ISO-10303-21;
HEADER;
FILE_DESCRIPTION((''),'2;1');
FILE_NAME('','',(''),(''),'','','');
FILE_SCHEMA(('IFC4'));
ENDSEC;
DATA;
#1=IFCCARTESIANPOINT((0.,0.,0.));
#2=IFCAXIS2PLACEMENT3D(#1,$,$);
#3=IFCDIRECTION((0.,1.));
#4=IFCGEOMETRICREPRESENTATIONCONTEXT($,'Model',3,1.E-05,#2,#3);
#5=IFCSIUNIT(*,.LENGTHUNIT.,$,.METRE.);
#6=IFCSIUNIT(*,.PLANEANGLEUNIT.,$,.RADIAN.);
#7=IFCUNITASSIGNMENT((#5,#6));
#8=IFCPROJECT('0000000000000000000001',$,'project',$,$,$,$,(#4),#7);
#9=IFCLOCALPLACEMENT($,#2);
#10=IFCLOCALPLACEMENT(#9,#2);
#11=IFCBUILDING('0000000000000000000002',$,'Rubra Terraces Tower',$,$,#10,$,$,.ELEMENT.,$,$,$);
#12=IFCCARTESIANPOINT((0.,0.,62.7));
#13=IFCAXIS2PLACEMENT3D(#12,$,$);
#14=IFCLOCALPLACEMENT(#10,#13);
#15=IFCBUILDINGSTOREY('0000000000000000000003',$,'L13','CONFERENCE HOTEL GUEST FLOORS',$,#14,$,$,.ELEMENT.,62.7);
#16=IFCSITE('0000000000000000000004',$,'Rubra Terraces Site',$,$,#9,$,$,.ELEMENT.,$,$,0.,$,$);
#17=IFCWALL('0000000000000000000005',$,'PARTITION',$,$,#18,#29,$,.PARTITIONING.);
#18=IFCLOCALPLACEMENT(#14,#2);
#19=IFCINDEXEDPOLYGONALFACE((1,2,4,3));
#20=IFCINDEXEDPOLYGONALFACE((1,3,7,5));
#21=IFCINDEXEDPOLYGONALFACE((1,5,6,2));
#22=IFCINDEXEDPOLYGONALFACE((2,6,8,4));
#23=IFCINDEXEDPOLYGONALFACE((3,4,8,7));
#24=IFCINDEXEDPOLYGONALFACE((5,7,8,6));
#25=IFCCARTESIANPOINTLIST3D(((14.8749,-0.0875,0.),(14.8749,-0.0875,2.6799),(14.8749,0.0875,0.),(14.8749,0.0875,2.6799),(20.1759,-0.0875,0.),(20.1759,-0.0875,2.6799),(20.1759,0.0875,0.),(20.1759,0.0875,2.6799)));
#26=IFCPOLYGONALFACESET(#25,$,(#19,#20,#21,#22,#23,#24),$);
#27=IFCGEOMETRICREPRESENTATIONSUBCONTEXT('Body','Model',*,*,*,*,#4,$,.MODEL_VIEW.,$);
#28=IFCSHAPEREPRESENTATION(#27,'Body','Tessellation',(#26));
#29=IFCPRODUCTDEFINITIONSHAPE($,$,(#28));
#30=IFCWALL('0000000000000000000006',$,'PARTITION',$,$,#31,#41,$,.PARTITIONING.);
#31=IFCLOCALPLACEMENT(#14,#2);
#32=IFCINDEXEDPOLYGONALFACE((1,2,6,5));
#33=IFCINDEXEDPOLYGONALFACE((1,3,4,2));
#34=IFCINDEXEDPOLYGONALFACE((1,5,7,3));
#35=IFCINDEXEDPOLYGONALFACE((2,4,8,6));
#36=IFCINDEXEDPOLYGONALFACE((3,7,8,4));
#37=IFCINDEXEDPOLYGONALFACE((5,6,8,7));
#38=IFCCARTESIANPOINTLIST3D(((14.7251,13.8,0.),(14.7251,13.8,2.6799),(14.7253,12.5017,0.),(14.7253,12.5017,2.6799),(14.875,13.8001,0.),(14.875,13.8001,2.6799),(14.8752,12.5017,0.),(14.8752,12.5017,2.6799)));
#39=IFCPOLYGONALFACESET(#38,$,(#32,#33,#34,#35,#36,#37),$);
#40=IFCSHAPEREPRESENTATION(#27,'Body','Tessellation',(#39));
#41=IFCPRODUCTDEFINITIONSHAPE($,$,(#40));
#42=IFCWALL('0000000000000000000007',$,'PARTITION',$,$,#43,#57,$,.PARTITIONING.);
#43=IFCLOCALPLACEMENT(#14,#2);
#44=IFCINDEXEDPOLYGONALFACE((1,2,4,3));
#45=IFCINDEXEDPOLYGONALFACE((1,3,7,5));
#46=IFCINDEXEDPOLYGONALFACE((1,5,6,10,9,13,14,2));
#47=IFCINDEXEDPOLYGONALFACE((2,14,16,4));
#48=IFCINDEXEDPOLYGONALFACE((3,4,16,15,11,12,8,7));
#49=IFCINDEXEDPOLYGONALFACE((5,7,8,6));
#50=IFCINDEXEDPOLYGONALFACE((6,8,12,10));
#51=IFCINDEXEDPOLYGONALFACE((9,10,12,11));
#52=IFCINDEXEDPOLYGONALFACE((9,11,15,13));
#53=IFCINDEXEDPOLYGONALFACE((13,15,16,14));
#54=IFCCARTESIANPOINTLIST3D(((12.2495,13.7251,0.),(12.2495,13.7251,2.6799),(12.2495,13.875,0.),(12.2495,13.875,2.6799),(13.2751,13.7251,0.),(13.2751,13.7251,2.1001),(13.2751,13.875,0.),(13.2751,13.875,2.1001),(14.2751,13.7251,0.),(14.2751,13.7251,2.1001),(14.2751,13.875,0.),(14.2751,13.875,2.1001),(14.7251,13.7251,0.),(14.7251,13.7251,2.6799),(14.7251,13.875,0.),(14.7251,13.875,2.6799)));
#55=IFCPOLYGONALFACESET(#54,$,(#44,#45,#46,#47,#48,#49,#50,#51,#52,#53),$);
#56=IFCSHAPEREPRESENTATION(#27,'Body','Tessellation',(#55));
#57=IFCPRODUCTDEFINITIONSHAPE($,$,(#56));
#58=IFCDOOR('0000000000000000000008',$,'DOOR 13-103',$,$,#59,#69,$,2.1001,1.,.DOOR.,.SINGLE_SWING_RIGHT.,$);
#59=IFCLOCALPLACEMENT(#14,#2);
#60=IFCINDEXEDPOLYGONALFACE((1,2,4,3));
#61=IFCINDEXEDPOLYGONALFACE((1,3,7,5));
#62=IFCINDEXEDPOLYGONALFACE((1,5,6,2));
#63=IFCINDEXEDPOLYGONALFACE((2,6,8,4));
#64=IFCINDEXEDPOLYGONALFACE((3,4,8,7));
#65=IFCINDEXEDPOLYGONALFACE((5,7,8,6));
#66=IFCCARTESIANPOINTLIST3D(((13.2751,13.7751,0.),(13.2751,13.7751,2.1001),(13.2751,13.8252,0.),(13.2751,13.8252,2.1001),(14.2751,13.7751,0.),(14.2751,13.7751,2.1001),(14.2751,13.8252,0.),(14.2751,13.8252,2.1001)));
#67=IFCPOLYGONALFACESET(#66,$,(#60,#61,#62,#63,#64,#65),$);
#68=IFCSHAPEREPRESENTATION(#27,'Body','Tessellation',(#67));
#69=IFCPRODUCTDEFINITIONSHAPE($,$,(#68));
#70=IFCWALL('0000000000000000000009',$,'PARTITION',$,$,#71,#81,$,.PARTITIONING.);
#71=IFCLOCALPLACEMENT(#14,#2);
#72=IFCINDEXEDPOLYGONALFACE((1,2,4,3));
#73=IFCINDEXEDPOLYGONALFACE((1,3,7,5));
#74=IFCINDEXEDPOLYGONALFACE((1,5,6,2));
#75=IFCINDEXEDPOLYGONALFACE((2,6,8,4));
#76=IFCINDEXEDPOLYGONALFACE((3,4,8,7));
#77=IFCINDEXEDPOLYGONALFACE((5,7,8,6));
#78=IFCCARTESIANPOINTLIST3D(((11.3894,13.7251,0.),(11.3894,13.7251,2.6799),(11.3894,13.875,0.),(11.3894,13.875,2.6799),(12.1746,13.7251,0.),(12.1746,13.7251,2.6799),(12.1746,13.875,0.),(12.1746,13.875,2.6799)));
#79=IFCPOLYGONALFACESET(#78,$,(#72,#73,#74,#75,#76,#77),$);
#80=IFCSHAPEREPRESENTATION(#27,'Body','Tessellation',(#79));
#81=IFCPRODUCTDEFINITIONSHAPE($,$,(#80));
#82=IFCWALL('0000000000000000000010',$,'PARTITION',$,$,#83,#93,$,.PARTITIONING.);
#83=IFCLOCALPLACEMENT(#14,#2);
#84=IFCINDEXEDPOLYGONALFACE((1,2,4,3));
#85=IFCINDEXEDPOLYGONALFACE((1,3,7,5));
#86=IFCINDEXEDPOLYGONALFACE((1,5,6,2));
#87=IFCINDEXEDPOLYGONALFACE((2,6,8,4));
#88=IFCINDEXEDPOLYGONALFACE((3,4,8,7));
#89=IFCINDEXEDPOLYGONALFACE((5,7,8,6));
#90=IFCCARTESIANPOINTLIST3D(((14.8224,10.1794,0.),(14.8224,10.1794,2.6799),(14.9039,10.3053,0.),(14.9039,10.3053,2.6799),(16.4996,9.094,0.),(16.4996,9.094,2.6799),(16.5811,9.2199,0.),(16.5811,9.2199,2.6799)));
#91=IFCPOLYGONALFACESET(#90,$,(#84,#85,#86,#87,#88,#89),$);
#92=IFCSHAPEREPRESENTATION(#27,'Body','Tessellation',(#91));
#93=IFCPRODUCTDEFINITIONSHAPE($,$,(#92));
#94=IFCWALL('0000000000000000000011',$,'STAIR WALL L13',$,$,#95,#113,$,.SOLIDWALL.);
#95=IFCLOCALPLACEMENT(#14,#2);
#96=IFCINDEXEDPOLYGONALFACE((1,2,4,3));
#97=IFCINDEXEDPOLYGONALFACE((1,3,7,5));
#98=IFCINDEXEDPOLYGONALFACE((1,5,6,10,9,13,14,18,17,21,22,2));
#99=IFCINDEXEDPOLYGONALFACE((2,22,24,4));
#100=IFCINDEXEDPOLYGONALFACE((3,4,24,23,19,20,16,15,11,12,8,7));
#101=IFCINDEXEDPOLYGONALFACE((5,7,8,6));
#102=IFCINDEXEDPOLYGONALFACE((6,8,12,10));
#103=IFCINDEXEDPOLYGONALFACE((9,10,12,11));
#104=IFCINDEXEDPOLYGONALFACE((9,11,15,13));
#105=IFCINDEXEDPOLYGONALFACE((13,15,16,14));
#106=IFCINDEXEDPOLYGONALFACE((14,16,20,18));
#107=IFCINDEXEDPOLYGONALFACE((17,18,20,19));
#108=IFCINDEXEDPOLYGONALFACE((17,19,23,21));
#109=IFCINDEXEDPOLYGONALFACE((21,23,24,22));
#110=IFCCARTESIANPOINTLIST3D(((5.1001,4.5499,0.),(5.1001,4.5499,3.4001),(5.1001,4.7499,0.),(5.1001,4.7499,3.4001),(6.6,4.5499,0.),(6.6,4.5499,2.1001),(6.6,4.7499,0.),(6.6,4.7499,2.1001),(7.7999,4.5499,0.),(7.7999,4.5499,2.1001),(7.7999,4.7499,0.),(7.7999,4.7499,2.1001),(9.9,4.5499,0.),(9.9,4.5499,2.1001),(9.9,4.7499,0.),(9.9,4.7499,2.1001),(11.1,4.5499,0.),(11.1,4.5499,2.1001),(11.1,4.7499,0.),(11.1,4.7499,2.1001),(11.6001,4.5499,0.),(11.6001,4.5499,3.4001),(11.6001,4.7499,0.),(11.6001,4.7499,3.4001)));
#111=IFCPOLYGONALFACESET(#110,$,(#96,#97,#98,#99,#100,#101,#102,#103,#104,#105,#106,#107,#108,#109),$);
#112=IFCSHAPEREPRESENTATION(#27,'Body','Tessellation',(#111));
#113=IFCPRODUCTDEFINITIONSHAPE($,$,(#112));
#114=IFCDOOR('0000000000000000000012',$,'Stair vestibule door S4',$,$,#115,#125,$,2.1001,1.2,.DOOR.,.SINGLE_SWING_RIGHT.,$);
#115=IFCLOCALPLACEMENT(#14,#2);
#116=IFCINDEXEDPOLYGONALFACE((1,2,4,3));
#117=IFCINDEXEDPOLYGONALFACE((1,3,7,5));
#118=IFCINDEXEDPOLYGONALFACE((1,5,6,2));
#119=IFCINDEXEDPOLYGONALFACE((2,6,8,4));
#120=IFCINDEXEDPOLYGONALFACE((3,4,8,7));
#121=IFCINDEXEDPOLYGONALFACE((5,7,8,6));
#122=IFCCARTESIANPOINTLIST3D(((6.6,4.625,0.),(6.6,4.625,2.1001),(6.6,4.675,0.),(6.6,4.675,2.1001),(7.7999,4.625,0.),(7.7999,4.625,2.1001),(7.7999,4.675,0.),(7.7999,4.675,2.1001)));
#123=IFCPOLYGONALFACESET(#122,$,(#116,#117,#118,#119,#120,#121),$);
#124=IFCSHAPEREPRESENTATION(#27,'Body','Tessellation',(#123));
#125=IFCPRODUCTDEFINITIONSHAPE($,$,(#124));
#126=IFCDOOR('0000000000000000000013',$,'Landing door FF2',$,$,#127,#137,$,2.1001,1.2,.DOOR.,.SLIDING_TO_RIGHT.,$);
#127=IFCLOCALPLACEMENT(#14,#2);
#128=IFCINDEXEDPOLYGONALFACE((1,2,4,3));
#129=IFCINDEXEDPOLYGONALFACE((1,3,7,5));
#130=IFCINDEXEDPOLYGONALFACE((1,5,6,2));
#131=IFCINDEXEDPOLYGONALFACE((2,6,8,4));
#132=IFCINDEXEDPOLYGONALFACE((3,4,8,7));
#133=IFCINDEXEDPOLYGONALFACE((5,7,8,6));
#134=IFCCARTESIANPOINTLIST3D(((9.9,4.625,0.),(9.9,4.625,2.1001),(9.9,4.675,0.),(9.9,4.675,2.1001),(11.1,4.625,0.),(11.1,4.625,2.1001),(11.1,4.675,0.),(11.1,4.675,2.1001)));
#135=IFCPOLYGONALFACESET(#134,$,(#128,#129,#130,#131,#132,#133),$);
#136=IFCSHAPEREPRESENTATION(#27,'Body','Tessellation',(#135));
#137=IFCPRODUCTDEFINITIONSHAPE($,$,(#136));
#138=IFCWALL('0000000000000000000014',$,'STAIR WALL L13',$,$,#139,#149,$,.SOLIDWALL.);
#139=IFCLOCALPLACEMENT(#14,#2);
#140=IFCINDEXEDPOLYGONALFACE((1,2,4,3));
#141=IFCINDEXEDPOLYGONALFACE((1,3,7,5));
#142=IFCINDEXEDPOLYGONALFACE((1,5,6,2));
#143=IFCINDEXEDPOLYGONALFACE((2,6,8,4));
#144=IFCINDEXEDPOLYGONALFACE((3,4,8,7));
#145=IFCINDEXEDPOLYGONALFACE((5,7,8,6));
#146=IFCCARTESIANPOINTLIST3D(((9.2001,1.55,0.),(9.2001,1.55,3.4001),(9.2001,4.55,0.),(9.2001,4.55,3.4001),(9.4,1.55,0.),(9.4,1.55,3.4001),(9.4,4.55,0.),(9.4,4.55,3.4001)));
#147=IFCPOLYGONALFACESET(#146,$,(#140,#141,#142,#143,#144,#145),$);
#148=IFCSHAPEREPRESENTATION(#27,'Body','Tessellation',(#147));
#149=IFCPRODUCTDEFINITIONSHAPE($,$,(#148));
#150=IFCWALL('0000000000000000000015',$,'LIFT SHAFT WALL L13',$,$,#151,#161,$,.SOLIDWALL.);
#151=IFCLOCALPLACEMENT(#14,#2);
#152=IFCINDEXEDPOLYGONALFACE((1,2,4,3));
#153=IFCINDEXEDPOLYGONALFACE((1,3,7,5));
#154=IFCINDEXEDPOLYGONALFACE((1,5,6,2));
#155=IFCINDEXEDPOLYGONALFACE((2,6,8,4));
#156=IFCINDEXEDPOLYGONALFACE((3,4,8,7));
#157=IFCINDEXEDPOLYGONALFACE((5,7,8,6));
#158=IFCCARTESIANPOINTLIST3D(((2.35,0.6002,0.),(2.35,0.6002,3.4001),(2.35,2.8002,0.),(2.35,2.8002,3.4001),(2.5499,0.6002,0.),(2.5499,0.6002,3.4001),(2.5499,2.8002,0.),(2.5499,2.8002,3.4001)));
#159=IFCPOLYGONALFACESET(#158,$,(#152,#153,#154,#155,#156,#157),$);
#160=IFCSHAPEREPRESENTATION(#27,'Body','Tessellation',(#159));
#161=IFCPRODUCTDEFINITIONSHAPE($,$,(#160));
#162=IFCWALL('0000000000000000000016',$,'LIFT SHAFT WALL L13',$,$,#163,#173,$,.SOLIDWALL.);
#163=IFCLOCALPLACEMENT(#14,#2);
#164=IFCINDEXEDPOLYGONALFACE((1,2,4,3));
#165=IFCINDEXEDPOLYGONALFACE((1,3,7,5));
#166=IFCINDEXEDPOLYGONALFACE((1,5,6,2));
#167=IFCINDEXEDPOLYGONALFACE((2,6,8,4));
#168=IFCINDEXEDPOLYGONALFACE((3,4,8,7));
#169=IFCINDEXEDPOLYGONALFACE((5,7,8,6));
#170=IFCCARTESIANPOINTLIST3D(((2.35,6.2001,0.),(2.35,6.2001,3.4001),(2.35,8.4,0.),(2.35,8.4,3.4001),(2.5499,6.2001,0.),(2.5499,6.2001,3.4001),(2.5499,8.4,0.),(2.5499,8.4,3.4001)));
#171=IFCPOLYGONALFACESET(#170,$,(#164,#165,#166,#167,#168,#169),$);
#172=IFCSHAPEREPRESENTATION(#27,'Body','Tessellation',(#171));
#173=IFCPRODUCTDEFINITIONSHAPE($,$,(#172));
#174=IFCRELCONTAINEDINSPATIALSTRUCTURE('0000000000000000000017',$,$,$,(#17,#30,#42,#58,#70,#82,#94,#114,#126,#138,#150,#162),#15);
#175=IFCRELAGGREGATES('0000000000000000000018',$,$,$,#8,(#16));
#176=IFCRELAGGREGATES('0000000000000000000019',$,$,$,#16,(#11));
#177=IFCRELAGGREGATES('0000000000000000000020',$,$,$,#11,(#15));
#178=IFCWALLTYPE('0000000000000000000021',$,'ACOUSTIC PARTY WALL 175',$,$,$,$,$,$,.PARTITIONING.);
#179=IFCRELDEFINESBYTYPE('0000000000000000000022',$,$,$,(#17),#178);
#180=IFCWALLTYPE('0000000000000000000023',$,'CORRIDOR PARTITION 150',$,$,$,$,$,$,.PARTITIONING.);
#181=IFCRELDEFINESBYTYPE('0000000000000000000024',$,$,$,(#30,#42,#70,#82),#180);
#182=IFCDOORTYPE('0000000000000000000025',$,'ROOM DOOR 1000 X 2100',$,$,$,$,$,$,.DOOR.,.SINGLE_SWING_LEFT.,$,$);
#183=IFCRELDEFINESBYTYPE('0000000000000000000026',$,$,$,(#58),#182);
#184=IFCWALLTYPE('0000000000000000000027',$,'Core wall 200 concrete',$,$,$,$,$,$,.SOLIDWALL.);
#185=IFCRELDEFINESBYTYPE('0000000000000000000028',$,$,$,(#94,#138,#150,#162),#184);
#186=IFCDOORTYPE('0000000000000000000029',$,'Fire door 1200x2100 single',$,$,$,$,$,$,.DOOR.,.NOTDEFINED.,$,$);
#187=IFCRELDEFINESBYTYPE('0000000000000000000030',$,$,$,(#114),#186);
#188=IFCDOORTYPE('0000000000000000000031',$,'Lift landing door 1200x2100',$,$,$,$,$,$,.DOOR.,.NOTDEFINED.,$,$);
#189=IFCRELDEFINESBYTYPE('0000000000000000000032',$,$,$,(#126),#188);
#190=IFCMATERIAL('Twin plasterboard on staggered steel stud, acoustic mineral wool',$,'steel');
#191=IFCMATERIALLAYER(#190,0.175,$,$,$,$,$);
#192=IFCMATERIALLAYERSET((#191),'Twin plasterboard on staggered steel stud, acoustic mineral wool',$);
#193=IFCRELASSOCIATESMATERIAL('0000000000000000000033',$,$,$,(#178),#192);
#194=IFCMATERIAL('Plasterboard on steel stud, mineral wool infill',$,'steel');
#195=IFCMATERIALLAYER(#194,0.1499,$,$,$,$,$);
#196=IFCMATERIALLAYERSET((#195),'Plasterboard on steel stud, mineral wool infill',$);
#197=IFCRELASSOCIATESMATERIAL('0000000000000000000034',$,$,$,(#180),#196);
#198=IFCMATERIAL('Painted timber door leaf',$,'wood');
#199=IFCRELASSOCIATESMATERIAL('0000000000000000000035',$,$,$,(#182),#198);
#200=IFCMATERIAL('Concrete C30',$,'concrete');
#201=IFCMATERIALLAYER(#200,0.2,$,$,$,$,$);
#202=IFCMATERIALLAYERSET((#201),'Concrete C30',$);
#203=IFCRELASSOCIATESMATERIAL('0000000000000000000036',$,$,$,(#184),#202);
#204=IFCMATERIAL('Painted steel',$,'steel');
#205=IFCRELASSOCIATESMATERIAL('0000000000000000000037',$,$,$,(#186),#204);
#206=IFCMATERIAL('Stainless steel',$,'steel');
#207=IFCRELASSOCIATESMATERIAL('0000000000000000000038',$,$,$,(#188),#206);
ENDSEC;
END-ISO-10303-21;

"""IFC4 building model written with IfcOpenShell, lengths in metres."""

from ifc_helpers import new_model, si_unit, direction, frame, frame_2d, origin, place, context, subcontext, project, spatial, rectangle, extrude, material, layer, layer_set, type_object, element, fill, save


model = new_model("IFC4")

# Units and contexts
model_context = context("Model", 3, precision=1e-05, world=origin(), true_north=direction((0.0, 1.0)))
body_context = subcontext(model_context, "Body", "Model", "MODEL_VIEW")
ifc_project = project(units=[si_unit("LENGTHUNIT", "METRE"), si_unit("PLANEANGLEUNIT", "RADIAN")], contexts=[model_context])

# Site, building, storey
site_placement = place(None, origin())
site = spatial("IfcSite", under=ifc_project, at=site_placement, Name="Rubra Terraces Site", CompositionType="ELEMENT", RefElevation=0.0)
building_placement = place(site_placement, origin())
building = spatial("IfcBuilding", under=site, at=building_placement, Name="Rubra Terraces Tower", CompositionType="ELEMENT")
storey_placement = place(building_placement, frame((0.0, 0.0, 62.7)))
storey = spatial("IfcBuildingStorey", under=building, at=storey_placement, Name="L13", Description="CONFERENCE HOTEL GUEST FLOORS", CompositionType="ELEMENT", Elevation=62.7)

# Walls
ifc_material_1 = material(Name="Twin plasterboard on staggered steel stud, acoustic mineral wool", Category="steel")
ifc_layer_1 = layer(ifc_material_1, 0.175)
ifc_layer_set_1 = layer_set([ifc_layer_1], Name="Twin plasterboard on staggered steel stud, acoustic mineral wool")
wall_type_1 = type_object("IfcWallType", Name="ACOUSTIC PARTY WALL 175", PredefinedType="PARTITIONING", material=ifc_layer_set_1)
wall_1_placement = place(storey_placement, frame((14.875, 0.0, 0.0), z_axis=(0.0, 0.0, 1.0), x_axis=(1.0, 0.0, 0.0)))
element("IfcWall", 1, at=wall_1_placement, inside=storey, type_object=wall_type_1, Name="PARTITION", PredefinedType="PARTITIONING", context=body_context, shape_type="SweptSolid", body=[
    extrude(rectangle(XDim=5.301, YDim=0.175, at=frame_2d((2.6504, 0.0))), origin(), (0.0, 0.0, 1.0), 2.6799),
])
ifc_material_2 = material(Name="Plasterboard on steel stud, mineral wool infill", Category="steel")
ifc_layer_2 = layer(ifc_material_2, 0.1499)
ifc_layer_set_2 = layer_set([ifc_layer_2], Name="Plasterboard on steel stud, mineral wool infill")
wall_type_2 = type_object("IfcWallType", Name="CORRIDOR PARTITION 150", PredefinedType="PARTITIONING", material=ifc_layer_set_2)
wall_2_placement = place(storey_placement, frame((14.8003, 12.5017, 0.0), z_axis=(0.0, 0.0, 1.0), x_axis=(-0.000188, 1.0, 0.0)))
element("IfcWall", 2, at=wall_2_placement, inside=storey, type_object=wall_type_2, Name="PARTITION", PredefinedType="PARTITIONING", context=body_context, shape_type="SweptSolid", body=[
    extrude(rectangle(XDim=1.2983, YDim=0.1499, at=frame_2d((0.6492, 0.0))), origin(), (0.0, 0.0, 1.0), 2.6799),
])

# Wall, opening, door
wall_3_placement = place(storey_placement, frame((14.7251, 13.8, 0.0), z_axis=(0.0, 0.0, 1.0), x_axis=(-1.0, 0.0, 0.0)))
wall_3 = element("IfcWall", 3, at=wall_3_placement, inside=storey, type_object=wall_type_2, Name="PARTITION", PredefinedType="PARTITIONING", context=body_context, shape_type="SweptSolid", body=[
    extrude(rectangle(XDim=2.4756, YDim=0.1499, at=frame_2d((1.2378, 0.0))), origin(), (0.0, 0.0, 1.0), 2.6799),
])
opening_1_placement = place(wall_3_placement, frame((0.45, 0.0, 0.0)))
opening_1 = element("IfcOpeningElement", 4, at=opening_1_placement, cuts=wall_3, PredefinedType="OPENING", context=body_context, shape_type="SweptSolid", body=[
    extrude(rectangle(XDim=1.0, YDim=2.1001, at=frame_2d((0.5, 1.05))), frame((0.0, 0.085, 0.0), z_axis=(0.0, -1.0, 0.0), x_axis=(1.0, 0.0, 0.0)), (0.0, 0.0, 1.0), 0.1699),
])
ifc_material_3 = material(Name="Painted timber door leaf", Category="wood")
door_type_1 = type_object("IfcDoorType", Name="ROOM DOOR 1000 X 2100", OperationType="SINGLE_SWING_LEFT", PredefinedType="DOOR", material=ifc_material_3)
door_1_placement = place(opening_1_placement, origin())
door_1 = element("IfcDoor", 5, at=door_1_placement, inside=storey, type_object=door_type_1, Name="DOOR 13-103", OperationType="SINGLE_SWING_RIGHT", OverallHeight=2.1001, OverallWidth=1.0, PredefinedType="DOOR", context=body_context, shape_type="SweptSolid", body=[
    extrude(rectangle(XDim=1.0, YDim=2.1001, at=frame_2d((0.5, 1.05))), frame((0.0, 0.0249, 0.0), z_axis=(0.0, -1.0, 0.0), x_axis=(1.0, 0.0, 0.0)), (0.0, 0.0, 1.0), 0.05),
])
fill(opening_1, door_1)

# Walls
wall_4_placement = place(storey_placement, frame((12.1746, 13.8, 0.0), z_axis=(0.0, 0.0, 1.0), x_axis=(-1.0, 0.0, 0.0)))
element("IfcWall", 6, at=wall_4_placement, inside=storey, type_object=wall_type_2, Name="PARTITION", PredefinedType="PARTITIONING", context=body_context, shape_type="SweptSolid", body=[
    extrude(rectangle(XDim=0.7852, YDim=0.1499, at=frame_2d((0.3926, 0.0))), origin(), (0.0, 0.0, 1.0), 2.6799),
])
wall_5_placement = place(storey_placement, frame((14.863, 10.2424, 0.0), z_axis=(0.0, 0.0, 1.0), x_axis=(0.839531, -0.543312, 0.0)))
element("IfcWall", 7, at=wall_5_placement, inside=storey, type_object=wall_type_2, Name="PARTITION", PredefinedType="PARTITIONING", context=body_context, shape_type="SweptSolid", body=[
    extrude(rectangle(XDim=1.9978, YDim=0.1499, at=frame_2d((0.999, 0.0))), origin(), (0.0, 0.0, 1.0), 2.6799),
])

# Wall, openings, doors
ifc_material_4 = material(Name="Concrete C30", Category="concrete")
ifc_layer_3 = layer(ifc_material_4, 0.2)
ifc_layer_set_3 = layer_set([ifc_layer_3], Name="Concrete C30")
wall_type_3 = type_object("IfcWallType", Name="Core wall 200 concrete", PredefinedType="SOLIDWALL", material=ifc_layer_set_3)
wall_6_placement = place(storey_placement, frame((11.6001, 4.6499, 0.0), z_axis=(0.0, 0.0, 1.0), x_axis=(-1.0, 0.0, 0.0)))
wall_6 = element("IfcWall", 8, at=wall_6_placement, inside=storey, type_object=wall_type_3, Name="STAIR WALL L13", PredefinedType="SOLIDWALL", context=body_context, shape_type="SweptSolid", body=[
    extrude(rectangle(XDim=6.5, YDim=0.2, at=frame_2d((3.25, 0.0))), origin(), (0.0, 0.0, 1.0), 3.4001),
])
opening_2_placement = place(wall_6_placement, frame((3.8, 0.0, 0.0)))
opening_2 = element("IfcOpeningElement", 9, at=opening_2_placement, cuts=wall_6, PredefinedType="OPENING", context=body_context, shape_type="SweptSolid", body=[
    extrude(rectangle(XDim=1.2, YDim=2.1001, at=frame_2d((0.6001, 1.05))), frame((0.0, 0.1099, 0.0), z_axis=(0.0, -1.0, 0.0), x_axis=(1.0, 0.0, 0.0)), (0.0, 0.0, 1.0), 0.22),
])
opening_3_placement = place(wall_6_placement, frame((0.5, 0.0, 0.0)))
opening_3 = element("IfcOpeningElement", 10, at=opening_3_placement, cuts=wall_6, PredefinedType="OPENING", context=body_context, shape_type="SweptSolid", body=[
    extrude(rectangle(XDim=1.2, YDim=2.1001, at=frame_2d((0.6001, 1.05))), frame((0.0, 0.1099, 0.0), z_axis=(0.0, -1.0, 0.0), x_axis=(1.0, 0.0, 0.0)), (0.0, 0.0, 1.0), 0.22),
])
ifc_material_5 = material(Name="Painted steel", Category="steel")
door_type_2 = type_object("IfcDoorType", Name="Fire door 1200x2100 single", OperationType="NOTDEFINED", PredefinedType="DOOR", material=ifc_material_5)
door_2_placement = place(opening_2_placement, origin())
door_2 = element("IfcDoor", 11, at=door_2_placement, inside=storey, type_object=door_type_2, Name="Stair vestibule door S4", OperationType="SINGLE_SWING_RIGHT", OverallHeight=2.1001, OverallWidth=1.2, PredefinedType="DOOR", context=body_context, shape_type="SweptSolid", body=[
    extrude(rectangle(XDim=1.2, YDim=2.1001, at=frame_2d((0.6001, 1.05))), frame((0.0, 0.0249, 0.0), z_axis=(0.0, -1.0, 0.0), x_axis=(1.0, 0.0, 0.0)), (0.0, 0.0, 1.0), 0.05),
])
fill(opening_2, door_2)
ifc_material_6 = material(Name="Stainless steel", Category="steel")
door_type_3 = type_object("IfcDoorType", Name="Lift landing door 1200x2100", OperationType="NOTDEFINED", PredefinedType="DOOR", material=ifc_material_6)
door_3_placement = place(opening_3_placement, origin())
door_3 = element("IfcDoor", 12, at=door_3_placement, inside=storey, type_object=door_type_3, Name="Landing door FF2", OperationType="SLIDING_TO_RIGHT", OverallHeight=2.1001, OverallWidth=1.2, PredefinedType="DOOR", context=body_context, shape_type="SweptSolid", body=[
    extrude(rectangle(XDim=1.2, YDim=2.1001, at=frame_2d((0.6001, 1.05))), frame((0.0, 0.0249, 0.0), z_axis=(0.0, -1.0, 0.0), x_axis=(1.0, 0.0, 0.0)), (0.0, 0.0, 1.0), 0.05),
])
fill(opening_3, door_3)

# Walls
wall_7_placement = place(storey_placement, frame((9.3, 4.55, 0.0), z_axis=(0.0, 0.0, 1.0), x_axis=(0.0, -1.0, 0.0)))
element("IfcWall", 13, at=wall_7_placement, inside=storey, type_object=wall_type_3, Name="STAIR WALL L13", PredefinedType="SOLIDWALL", context=body_context, shape_type="SweptSolid", body=[
    extrude(rectangle(XDim=3.0, YDim=0.2, at=frame_2d((1.5, 0.0))), origin(), (0.0, 0.0, 1.0), 3.4001),
])
for number, where, z_axis, x_axis, name in (
    (14, (2.45, 0.6001, 0.0), (0.0, 0.0, 1.0), (0.0, 1.0, 0.0), "LIFT SHAFT WALL L13"),
    (15, (2.45, 6.2, 0.0), (0.0, 0.0, 1.0), (0.0, 1.0, 0.0), "LIFT SHAFT WALL L13"),
):
    element("IfcWall", number, at=place(storey_placement, frame(where, z_axis=z_axis, x_axis=x_axis)), inside=storey, type_object=wall_type_3, Name=name, PredefinedType="SOLIDWALL", context=body_context, shape_type="SweptSolid", body=[
        extrude(rectangle(XDim=2.2, YDim=0.2, at=frame_2d((1.1001, 0.0))), origin(), (0.0, 0.0, 1.0), 3.4001),
    ])

save(model, "model.ifc")
